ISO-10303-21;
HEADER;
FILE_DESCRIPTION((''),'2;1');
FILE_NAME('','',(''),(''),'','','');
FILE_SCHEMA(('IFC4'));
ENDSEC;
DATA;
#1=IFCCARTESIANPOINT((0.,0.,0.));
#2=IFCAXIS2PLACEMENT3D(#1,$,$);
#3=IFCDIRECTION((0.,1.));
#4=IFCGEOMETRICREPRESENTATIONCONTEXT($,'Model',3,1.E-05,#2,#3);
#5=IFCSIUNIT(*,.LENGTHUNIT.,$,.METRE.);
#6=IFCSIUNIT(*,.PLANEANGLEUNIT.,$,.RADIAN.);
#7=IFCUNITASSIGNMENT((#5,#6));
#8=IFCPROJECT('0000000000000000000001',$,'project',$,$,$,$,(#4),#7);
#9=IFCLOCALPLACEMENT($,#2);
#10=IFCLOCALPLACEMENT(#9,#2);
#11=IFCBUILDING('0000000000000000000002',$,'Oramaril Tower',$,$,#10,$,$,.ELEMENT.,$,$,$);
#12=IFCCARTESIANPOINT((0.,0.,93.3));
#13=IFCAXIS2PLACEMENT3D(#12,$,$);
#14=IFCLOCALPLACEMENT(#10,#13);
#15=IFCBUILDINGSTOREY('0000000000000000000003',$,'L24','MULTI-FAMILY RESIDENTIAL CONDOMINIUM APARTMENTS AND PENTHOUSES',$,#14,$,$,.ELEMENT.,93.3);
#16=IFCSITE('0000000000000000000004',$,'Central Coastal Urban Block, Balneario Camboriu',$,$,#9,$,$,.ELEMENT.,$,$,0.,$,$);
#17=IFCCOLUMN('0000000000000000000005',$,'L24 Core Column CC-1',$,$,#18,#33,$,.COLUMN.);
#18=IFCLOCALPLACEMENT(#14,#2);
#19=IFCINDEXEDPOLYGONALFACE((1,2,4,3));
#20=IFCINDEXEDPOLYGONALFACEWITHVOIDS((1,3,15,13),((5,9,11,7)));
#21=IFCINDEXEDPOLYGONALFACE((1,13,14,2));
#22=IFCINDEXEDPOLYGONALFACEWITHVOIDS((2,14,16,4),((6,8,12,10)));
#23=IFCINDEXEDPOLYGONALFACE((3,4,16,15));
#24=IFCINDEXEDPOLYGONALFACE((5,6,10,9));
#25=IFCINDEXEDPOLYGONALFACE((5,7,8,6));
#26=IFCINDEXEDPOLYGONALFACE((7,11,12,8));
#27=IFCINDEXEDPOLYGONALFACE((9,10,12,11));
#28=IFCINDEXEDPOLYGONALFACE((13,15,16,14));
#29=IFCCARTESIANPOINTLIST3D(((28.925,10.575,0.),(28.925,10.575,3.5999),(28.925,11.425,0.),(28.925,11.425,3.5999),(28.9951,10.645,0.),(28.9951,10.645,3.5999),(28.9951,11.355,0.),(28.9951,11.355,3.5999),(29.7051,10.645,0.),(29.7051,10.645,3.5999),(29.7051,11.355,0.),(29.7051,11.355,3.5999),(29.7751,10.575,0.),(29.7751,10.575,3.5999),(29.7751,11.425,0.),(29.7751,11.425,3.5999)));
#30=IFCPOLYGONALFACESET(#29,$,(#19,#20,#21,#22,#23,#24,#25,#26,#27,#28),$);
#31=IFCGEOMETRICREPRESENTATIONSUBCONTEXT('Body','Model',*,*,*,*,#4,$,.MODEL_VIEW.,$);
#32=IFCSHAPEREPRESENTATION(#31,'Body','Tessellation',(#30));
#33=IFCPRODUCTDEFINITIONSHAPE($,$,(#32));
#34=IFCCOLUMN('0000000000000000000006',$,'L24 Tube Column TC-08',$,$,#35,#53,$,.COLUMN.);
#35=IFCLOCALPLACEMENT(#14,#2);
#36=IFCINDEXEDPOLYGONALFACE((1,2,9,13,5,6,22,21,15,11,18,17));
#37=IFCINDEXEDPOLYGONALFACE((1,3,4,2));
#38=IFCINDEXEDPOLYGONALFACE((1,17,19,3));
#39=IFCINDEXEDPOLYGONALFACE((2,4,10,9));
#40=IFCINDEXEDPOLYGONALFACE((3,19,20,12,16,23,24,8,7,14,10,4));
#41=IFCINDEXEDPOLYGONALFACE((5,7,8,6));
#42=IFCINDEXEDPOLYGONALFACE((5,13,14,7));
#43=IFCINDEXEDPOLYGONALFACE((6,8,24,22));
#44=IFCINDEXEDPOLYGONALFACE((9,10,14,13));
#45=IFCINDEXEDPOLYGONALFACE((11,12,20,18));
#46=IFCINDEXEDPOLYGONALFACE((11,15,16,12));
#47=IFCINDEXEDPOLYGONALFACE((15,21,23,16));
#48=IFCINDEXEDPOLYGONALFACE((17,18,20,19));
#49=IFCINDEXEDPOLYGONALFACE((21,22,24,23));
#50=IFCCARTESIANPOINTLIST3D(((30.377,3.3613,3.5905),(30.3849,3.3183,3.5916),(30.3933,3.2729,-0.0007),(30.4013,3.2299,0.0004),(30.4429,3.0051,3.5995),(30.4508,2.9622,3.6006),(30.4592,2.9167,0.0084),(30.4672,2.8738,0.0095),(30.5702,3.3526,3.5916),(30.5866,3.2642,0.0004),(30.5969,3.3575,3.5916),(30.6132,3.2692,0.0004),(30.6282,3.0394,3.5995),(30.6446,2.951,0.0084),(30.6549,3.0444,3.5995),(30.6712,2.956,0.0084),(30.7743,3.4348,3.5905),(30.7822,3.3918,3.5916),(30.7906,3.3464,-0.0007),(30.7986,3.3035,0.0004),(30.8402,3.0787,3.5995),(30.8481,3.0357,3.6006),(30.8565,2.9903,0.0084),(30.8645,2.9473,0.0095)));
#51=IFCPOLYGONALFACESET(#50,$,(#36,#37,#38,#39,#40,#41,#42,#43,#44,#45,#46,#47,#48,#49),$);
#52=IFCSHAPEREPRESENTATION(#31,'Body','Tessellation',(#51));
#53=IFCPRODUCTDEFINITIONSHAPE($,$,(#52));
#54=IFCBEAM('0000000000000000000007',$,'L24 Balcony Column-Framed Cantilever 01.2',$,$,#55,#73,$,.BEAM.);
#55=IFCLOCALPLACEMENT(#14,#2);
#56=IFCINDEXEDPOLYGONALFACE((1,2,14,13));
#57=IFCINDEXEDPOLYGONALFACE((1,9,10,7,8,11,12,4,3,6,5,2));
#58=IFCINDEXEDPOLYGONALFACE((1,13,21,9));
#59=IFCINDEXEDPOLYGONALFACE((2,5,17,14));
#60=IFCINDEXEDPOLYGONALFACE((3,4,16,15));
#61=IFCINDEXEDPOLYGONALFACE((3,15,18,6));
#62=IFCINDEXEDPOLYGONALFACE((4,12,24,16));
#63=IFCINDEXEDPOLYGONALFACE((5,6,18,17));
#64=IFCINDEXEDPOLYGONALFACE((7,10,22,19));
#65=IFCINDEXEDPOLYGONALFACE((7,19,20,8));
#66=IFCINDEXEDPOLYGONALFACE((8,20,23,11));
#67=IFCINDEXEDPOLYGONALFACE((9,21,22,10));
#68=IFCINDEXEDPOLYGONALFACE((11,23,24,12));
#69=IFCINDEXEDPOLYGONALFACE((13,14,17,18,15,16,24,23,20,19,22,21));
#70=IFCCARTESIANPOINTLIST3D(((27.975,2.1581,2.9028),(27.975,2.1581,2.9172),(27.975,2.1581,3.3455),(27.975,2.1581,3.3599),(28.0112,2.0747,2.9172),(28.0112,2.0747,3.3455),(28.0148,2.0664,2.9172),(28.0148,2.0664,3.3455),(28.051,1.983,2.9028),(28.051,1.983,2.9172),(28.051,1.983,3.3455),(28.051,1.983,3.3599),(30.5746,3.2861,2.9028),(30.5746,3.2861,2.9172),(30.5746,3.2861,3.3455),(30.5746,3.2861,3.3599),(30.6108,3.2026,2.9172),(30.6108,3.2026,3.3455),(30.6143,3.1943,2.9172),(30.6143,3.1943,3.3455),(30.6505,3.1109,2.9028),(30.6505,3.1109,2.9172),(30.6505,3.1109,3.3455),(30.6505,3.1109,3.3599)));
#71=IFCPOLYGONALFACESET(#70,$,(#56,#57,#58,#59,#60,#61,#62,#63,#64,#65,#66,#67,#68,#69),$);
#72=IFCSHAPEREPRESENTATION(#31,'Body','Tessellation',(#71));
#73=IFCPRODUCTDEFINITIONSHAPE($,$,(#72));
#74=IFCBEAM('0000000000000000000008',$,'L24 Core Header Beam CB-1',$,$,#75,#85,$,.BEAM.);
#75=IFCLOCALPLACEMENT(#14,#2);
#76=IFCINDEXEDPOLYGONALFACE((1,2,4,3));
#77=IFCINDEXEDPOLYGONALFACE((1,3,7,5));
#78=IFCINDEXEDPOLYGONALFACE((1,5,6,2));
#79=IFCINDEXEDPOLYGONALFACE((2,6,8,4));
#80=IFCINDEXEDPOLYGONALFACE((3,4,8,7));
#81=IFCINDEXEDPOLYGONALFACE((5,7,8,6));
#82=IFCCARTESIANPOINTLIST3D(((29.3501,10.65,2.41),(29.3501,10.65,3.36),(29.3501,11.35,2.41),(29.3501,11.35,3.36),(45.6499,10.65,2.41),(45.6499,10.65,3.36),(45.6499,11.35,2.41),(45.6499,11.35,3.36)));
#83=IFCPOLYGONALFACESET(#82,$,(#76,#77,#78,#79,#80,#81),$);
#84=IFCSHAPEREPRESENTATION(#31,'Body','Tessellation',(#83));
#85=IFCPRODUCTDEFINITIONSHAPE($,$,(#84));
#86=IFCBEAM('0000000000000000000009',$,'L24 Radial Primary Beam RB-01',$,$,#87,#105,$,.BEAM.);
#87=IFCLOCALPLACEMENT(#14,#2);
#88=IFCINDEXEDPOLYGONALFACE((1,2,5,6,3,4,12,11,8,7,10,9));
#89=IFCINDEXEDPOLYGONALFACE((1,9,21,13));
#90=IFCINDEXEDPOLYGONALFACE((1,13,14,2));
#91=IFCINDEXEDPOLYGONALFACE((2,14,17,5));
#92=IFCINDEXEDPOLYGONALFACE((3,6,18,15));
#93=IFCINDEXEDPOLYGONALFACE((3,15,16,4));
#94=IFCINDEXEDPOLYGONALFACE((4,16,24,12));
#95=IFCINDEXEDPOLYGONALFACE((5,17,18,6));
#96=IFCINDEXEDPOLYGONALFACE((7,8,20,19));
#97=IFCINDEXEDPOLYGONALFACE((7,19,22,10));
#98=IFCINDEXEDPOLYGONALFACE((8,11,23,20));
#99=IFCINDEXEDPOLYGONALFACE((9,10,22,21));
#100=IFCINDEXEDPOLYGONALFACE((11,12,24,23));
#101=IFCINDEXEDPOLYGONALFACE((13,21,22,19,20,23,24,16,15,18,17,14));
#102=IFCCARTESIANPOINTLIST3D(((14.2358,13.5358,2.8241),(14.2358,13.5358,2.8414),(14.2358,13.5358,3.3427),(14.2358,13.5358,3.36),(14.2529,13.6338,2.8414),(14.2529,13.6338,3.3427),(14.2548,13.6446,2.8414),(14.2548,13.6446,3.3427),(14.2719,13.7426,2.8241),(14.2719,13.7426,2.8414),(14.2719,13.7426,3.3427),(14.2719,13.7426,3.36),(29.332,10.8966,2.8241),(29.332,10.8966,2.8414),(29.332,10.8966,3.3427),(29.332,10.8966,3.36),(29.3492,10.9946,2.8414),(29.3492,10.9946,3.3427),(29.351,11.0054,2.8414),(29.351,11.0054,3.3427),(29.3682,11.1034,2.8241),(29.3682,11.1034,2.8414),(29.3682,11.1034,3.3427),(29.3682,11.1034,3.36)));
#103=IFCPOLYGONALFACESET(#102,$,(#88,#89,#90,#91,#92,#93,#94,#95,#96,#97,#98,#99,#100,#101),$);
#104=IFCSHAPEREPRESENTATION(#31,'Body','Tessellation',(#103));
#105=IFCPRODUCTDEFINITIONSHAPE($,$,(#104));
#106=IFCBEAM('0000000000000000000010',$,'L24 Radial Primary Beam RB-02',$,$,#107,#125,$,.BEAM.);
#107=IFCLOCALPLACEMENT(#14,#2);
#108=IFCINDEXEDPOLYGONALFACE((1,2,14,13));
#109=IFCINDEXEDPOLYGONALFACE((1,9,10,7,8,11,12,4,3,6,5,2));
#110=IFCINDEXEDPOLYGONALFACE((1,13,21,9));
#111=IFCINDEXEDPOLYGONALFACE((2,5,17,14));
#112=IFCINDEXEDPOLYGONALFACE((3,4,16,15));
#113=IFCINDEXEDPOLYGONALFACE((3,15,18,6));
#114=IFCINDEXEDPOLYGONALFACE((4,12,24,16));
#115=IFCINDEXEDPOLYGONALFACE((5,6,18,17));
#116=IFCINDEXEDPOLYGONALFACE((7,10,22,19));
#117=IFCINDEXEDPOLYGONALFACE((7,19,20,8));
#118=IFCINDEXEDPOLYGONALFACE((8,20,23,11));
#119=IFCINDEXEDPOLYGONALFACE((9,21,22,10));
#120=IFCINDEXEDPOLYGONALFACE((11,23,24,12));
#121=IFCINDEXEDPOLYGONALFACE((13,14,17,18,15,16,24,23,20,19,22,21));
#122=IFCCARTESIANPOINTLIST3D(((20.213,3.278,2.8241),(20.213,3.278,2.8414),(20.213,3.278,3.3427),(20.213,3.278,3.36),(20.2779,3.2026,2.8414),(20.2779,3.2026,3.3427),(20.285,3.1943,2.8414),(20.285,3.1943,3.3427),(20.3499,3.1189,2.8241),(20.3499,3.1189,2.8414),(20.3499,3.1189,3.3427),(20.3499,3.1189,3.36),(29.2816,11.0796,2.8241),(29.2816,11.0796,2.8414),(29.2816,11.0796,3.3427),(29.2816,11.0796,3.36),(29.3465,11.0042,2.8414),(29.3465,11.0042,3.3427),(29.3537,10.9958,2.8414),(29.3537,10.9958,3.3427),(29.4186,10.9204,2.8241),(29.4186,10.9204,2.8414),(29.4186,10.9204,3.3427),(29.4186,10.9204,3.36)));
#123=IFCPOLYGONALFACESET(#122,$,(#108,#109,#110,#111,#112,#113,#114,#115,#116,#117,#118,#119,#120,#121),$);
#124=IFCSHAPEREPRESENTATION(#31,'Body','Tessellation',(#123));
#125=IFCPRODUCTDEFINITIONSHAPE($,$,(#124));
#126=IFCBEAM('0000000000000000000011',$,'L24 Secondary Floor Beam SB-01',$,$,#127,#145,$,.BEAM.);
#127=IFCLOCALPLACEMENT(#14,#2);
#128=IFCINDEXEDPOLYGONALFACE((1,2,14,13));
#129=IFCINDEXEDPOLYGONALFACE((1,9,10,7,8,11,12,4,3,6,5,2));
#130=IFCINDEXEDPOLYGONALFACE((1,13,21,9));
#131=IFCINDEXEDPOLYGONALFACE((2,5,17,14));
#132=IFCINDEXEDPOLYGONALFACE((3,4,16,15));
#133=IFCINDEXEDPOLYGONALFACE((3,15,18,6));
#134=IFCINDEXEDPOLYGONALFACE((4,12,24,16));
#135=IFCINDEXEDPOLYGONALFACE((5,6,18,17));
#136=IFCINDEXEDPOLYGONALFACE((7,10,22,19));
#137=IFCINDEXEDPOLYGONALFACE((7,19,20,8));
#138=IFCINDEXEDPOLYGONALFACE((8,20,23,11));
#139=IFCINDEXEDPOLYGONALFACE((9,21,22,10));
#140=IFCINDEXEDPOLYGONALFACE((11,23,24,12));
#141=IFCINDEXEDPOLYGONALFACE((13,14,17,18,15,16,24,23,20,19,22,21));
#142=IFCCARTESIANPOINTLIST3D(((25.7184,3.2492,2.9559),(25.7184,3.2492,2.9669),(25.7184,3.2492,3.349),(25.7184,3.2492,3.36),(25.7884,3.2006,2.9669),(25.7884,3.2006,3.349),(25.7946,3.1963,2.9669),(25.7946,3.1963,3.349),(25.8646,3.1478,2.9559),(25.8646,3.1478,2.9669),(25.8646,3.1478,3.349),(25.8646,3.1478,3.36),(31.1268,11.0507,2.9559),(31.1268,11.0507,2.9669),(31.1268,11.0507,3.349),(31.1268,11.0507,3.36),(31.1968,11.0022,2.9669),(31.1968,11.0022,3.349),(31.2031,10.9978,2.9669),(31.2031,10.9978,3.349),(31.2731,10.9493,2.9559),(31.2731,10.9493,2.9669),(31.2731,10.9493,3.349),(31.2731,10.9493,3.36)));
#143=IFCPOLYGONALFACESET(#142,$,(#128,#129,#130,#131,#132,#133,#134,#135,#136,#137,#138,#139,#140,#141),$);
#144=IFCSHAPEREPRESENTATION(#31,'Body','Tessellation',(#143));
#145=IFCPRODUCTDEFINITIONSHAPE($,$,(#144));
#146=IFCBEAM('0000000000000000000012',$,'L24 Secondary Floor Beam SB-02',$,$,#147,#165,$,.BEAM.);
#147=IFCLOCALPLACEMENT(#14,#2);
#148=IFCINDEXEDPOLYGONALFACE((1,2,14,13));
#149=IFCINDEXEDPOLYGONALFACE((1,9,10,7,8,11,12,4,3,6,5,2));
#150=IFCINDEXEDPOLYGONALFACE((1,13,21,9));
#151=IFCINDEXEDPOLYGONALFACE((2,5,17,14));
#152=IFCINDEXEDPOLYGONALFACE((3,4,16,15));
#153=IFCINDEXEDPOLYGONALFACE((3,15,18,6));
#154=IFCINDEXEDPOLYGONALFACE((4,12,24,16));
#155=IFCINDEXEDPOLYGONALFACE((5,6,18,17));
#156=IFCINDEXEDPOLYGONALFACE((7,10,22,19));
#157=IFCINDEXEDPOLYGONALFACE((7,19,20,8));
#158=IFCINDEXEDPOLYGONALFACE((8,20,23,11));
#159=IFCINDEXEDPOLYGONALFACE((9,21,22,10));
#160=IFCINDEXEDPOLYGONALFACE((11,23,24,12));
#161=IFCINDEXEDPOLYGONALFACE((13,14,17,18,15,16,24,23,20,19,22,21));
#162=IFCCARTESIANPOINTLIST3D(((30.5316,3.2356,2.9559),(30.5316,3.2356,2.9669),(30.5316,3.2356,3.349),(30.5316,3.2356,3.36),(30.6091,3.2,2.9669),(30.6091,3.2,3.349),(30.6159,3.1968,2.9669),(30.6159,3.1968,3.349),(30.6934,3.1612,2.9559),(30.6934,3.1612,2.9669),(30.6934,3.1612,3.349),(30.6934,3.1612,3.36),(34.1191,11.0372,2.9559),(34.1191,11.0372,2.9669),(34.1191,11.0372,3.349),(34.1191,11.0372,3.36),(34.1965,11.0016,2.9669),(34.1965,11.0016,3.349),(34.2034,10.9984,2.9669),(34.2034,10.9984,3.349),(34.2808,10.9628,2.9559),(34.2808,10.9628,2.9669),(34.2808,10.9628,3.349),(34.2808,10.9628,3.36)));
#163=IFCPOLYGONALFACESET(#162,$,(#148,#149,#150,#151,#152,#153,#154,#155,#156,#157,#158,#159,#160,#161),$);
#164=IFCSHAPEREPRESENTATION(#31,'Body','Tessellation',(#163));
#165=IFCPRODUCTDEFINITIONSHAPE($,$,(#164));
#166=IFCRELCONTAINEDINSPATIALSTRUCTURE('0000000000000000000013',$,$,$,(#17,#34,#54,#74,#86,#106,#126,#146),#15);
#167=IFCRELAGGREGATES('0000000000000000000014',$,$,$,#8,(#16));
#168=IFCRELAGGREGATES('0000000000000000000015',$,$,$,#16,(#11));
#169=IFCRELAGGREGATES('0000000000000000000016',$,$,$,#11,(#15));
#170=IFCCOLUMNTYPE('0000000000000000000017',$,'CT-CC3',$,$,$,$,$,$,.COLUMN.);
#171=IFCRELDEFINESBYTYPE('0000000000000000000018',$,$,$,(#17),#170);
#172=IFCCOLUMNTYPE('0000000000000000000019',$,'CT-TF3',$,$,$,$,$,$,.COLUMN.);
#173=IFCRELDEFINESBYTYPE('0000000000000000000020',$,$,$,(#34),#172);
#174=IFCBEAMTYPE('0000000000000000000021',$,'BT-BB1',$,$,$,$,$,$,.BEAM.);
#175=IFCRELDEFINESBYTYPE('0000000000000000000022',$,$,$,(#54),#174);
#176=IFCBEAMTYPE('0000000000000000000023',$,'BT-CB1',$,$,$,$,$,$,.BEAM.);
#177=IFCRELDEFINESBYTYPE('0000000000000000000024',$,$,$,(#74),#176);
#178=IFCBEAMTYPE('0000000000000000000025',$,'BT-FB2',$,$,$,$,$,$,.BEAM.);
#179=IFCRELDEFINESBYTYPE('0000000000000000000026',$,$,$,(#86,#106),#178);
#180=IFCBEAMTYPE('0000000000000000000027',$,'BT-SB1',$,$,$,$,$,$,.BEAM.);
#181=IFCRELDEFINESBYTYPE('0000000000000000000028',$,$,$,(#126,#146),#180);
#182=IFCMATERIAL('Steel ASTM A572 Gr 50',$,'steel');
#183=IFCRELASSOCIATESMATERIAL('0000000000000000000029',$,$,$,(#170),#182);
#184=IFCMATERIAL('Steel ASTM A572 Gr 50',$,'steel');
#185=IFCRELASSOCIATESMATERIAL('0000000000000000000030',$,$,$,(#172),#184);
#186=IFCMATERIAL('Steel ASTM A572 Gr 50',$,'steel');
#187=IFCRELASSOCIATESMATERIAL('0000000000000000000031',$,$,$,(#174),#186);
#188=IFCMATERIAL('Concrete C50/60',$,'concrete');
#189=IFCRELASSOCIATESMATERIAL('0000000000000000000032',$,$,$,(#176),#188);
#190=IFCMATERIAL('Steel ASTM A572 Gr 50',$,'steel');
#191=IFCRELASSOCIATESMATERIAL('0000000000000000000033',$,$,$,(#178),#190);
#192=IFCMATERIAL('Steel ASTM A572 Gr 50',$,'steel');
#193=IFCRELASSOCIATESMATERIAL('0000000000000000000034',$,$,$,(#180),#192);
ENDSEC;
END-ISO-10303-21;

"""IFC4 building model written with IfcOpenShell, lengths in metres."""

from ifc_helpers import new_model, si_unit, direction, frame, origin, origin_2d, place, context, subcontext, project, spatial, rectangle, hollow_rectangle, i_section, extrude, material, material_profile, profile_set, type_object, element, save


model = new_model("IFC4")

# Units and contexts
model_context = context("Model", 3, precision=1e-05, world=origin(), true_north=direction((0.0, 1.0)))
body_context = subcontext(model_context, "Body", "Model", "MODEL_VIEW")
ifc_project = project(units=[si_unit("LENGTHUNIT", "METRE"), si_unit("PLANEANGLEUNIT", "RADIAN")], contexts=[model_context])

# Site, building, storey
site_placement = place(None, origin())
site = spatial("IfcSite", under=ifc_project, at=site_placement, Name="Central Coastal Urban Block, Balneario Camboriu", CompositionType="ELEMENT", RefElevation=0.0)
building_placement = place(site_placement, origin())
building = spatial("IfcBuilding", under=site, at=building_placement, Name="Oramaril Tower", CompositionType="ELEMENT")
storey_placement = place(building_placement, frame((0.0, 0.0, 93.3)))
storey = spatial("IfcBuildingStorey", under=building, at=storey_placement, Name="L24", Description="MULTI-FAMILY RESIDENTIAL CONDOMINIUM APARTMENTS AND PENTHOUSES", CompositionType="ELEMENT", Elevation=93.3)

# Columns
ifc_material_1 = material(Name="Steel ASTM A572 Gr 50", Category="steel")
ifc_material_profile_1 = material_profile(ifc_material_1, hollow_rectangle(XDim=0.8501, YDim=0.8501, WallThickness=0.0701, at=origin_2d()), Name="BOX850X850X70")
ifc_profile_set_1 = profile_set([ifc_material_profile_1], Name="Steel ASTM A572 Gr 50")
column_type_1 = type_object("IfcColumnType", Name="CT-CC3", PredefinedType="COLUMN", material=ifc_profile_set_1)
column_1_placement = place(storey_placement, frame((29.3501, 11.0, 0.0), z_axis=(0.0, 0.0, 1.0), x_axis=(1.0, 0.0, 0.0)))
element("IfcColumn", 1, at=column_1_placement, inside=storey, type_object=column_type_1, Name="L24 Core Column CC-1", PredefinedType="COLUMN", context=body_context, shape_type="SweptSolid", body=[
    extrude(hollow_rectangle(XDim=0.8501, YDim=0.8501, WallThickness=0.0701, at=origin_2d()), origin(), (0.0, 0.0, 1.0), 3.5999),
])
ifc_material_2 = material(Name="Steel ASTM A572 Gr 50", Category="steel")
ifc_material_profile_2 = material_profile(ifc_material_2, i_section(OverallWidth=0.4041, OverallDepth=0.406, WebThickness=0.0271, FlangeThickness=0.0437, at=origin_2d()), Name="W14X233")
ifc_profile_set_2 = profile_set([ifc_material_profile_2], Name="Steel ASTM A572 Gr 50")
column_type_2 = type_object("IfcColumnType", Name="CT-TF3", PredefinedType="COLUMN", material=ifc_profile_set_2)
column_2_placement = place(storey_placement, frame((30.6289, 3.1101, 0.0044), z_axis=(-0.004554, 0.024603, 0.999687), x_axis=(-0.9833, -0.181992, 0.0)))
element("IfcColumn", 2, at=column_2_placement, inside=storey, type_object=column_type_2, Name="L24 Tube Column TC-08", PredefinedType="COLUMN", context=body_context, shape_type="SweptSolid", body=[
    extrude(i_section(OverallWidth=0.4041, OverallDepth=0.406, WebThickness=0.0271, FlangeThickness=0.0437, at=origin_2d()), origin(), (0.0, 0.0, 1.0), 3.5923),
])

# Beams
ifc_material_3 = material(Name="Steel ASTM A572 Gr 50", Category="steel")
ifc_material_profile_3 = material_profile(ifc_material_3, i_section(OverallWidth=0.1909, OverallDepth=0.457, WebThickness=0.009, FlangeThickness=0.0144, at=origin_2d()), Name="W18X50")
ifc_profile_set_3 = profile_set([ifc_material_profile_3], Name="Steel ASTM A572 Gr 50")
beam_type_1 = type_object("IfcBeamType", Name="BT-BB1", PredefinedType="BEAM", material=ifc_profile_set_3)
beam_1_placement = place(storey_placement, frame((30.6125, 3.1985, 3.1313), z_axis=(-0.917371, -0.398033, 0.0), x_axis=(0.398033, -0.917371, 0.0)))
element("IfcBeam", 3, at=beam_1_placement, inside=storey, type_object=beam_type_1, Name="L24 Balcony Column-Framed Cantilever 01.2", PredefinedType="BEAM", context=body_context, shape_type="SweptSolid", body=[
    extrude(i_section(OverallWidth=0.1909, OverallDepth=0.457, WebThickness=0.009, FlangeThickness=0.0144, at=origin_2d()), origin(), (0.0, 0.0, 1.0), 2.8337),
])
ifc_material_4 = material(Name="Concrete C50/60", Category="concrete")
ifc_material_profile_4 = material_profile(ifc_material_4, rectangle(XDim=0.7, YDim=0.95, at=origin_2d()), Name="CB700X950")
ifc_profile_set_4 = profile_set([ifc_material_profile_4], Name="Concrete C50/60")
beam_type_2 = type_object("IfcBeamType", Name="BT-CB1", PredefinedType="BEAM", material=ifc_profile_set_4)
beam_2_placement = place(storey_placement, frame((29.3501, 11.0, 2.885), z_axis=(1.0, 0.0, 0.0), x_axis=(0.0, 1.0, 0.0)))
element("IfcBeam", 4, at=beam_2_placement, inside=storey, type_object=beam_type_2, Name="L24 Core Header Beam CB-1", PredefinedType="BEAM", context=body_context, shape_type="SweptSolid", body=[
    extrude(rectangle(XDim=0.7, YDim=0.95, at=origin_2d()), origin(), (0.0, 0.0, 1.0), 16.2998),
])
ifc_material_5 = material(Name="Steel ASTM A572 Gr 50", Category="steel")
ifc_material_profile_5 = material_profile(ifc_material_5, i_section(OverallWidth=0.21, OverallDepth=0.5359, WebThickness=0.011, FlangeThickness=0.0173, at=origin_2d()), Name="W21X68")
ifc_profile_set_5 = profile_set([ifc_material_profile_5], Name="Steel ASTM A572 Gr 50")
beam_type_3 = type_object("IfcBeamType", Name="BT-FB2", PredefinedType="BEAM", material=ifc_profile_set_5)
beam_3_placement = place(storey_placement, frame((29.3501, 11.0, 3.092), z_axis=(-0.98506, 0.172211, 0.0), x_axis=(-0.172211, -0.98506, 0.0)))
element("IfcBeam", 5, at=beam_3_placement, inside=storey, type_object=beam_type_3, Name="L24 Radial Primary Beam RB-01", PredefinedType="BEAM", context=body_context, shape_type="SweptSolid", body=[
    extrude(i_section(OverallWidth=0.21, OverallDepth=0.5359, WebThickness=0.011, FlangeThickness=0.0173, at=origin_2d()), origin(), (0.0, 0.0, 1.0), 15.3252),
])
beam_4_placement = place(storey_placement, frame((29.3501, 11.0, 3.092), z_axis=(-0.758081, -0.65216, 0.0), x_axis=(0.65216, -0.758081, 0.0)))
element("IfcBeam", 6, at=beam_4_placement, inside=storey, type_object=beam_type_3, Name="L24 Radial Primary Beam RB-02", PredefinedType="BEAM", context=body_context, shape_type="SweptSolid", body=[
    extrude(i_section(OverallWidth=0.21, OverallDepth=0.5359, WebThickness=0.011, FlangeThickness=0.0173, at=origin_2d()), origin(), (0.0, 0.0, 1.0), 11.9626),
])
ifc_material_6 = material(Name="Steel ASTM A572 Gr 50", Category="steel")
ifc_material_profile_6 = material_profile(ifc_material_6, i_section(OverallWidth=0.178, OverallDepth=0.4041, WebThickness=0.0076, FlangeThickness=0.011, at=origin_2d()), Name="W16X36")
ifc_profile_set_6 = profile_set([ifc_material_profile_6], Name="Steel ASTM A572 Gr 50")
beam_type_4 = type_object("IfcBeamType", Name="BT-SB1", PredefinedType="BEAM", material=ifc_profile_set_6)
beam_5_placement = place(storey_placement, frame((31.2, 11.0, 3.158), z_axis=(-0.569737, -0.821827, 0.0), x_axis=(0.821827, -0.569737, 0.0)))
element("IfcBeam", 7, at=beam_5_placement, inside=storey, type_object=beam_type_4, Name="L24 Secondary Floor Beam SB-01", PredefinedType="BEAM", context=body_context, shape_type="SweptSolid", body=[
    extrude(i_section(OverallWidth=0.178, OverallDepth=0.4041, WebThickness=0.0076, FlangeThickness=0.011, at=origin_2d()), origin(), (0.0, 0.0, 1.0), 9.4929),
])
beam_6_placement = place(storey_placement, frame((34.2, 11.0, 3.158), z_axis=(-0.417781, -0.908548, 0.0), x_axis=(0.908548, -0.417781, 0.0)))
element("IfcBeam", 8, at=beam_6_placement, inside=storey, type_object=beam_type_4, Name="L24 Secondary Floor Beam SB-02", PredefinedType="BEAM", context=body_context, shape_type="SweptSolid", body=[
    extrude(i_section(OverallWidth=0.178, OverallDepth=0.4041, WebThickness=0.0076, FlangeThickness=0.011, at=origin_2d()), origin(), (0.0, 0.0, 1.0), 8.5869),
])

save(model, "model.ifc")
